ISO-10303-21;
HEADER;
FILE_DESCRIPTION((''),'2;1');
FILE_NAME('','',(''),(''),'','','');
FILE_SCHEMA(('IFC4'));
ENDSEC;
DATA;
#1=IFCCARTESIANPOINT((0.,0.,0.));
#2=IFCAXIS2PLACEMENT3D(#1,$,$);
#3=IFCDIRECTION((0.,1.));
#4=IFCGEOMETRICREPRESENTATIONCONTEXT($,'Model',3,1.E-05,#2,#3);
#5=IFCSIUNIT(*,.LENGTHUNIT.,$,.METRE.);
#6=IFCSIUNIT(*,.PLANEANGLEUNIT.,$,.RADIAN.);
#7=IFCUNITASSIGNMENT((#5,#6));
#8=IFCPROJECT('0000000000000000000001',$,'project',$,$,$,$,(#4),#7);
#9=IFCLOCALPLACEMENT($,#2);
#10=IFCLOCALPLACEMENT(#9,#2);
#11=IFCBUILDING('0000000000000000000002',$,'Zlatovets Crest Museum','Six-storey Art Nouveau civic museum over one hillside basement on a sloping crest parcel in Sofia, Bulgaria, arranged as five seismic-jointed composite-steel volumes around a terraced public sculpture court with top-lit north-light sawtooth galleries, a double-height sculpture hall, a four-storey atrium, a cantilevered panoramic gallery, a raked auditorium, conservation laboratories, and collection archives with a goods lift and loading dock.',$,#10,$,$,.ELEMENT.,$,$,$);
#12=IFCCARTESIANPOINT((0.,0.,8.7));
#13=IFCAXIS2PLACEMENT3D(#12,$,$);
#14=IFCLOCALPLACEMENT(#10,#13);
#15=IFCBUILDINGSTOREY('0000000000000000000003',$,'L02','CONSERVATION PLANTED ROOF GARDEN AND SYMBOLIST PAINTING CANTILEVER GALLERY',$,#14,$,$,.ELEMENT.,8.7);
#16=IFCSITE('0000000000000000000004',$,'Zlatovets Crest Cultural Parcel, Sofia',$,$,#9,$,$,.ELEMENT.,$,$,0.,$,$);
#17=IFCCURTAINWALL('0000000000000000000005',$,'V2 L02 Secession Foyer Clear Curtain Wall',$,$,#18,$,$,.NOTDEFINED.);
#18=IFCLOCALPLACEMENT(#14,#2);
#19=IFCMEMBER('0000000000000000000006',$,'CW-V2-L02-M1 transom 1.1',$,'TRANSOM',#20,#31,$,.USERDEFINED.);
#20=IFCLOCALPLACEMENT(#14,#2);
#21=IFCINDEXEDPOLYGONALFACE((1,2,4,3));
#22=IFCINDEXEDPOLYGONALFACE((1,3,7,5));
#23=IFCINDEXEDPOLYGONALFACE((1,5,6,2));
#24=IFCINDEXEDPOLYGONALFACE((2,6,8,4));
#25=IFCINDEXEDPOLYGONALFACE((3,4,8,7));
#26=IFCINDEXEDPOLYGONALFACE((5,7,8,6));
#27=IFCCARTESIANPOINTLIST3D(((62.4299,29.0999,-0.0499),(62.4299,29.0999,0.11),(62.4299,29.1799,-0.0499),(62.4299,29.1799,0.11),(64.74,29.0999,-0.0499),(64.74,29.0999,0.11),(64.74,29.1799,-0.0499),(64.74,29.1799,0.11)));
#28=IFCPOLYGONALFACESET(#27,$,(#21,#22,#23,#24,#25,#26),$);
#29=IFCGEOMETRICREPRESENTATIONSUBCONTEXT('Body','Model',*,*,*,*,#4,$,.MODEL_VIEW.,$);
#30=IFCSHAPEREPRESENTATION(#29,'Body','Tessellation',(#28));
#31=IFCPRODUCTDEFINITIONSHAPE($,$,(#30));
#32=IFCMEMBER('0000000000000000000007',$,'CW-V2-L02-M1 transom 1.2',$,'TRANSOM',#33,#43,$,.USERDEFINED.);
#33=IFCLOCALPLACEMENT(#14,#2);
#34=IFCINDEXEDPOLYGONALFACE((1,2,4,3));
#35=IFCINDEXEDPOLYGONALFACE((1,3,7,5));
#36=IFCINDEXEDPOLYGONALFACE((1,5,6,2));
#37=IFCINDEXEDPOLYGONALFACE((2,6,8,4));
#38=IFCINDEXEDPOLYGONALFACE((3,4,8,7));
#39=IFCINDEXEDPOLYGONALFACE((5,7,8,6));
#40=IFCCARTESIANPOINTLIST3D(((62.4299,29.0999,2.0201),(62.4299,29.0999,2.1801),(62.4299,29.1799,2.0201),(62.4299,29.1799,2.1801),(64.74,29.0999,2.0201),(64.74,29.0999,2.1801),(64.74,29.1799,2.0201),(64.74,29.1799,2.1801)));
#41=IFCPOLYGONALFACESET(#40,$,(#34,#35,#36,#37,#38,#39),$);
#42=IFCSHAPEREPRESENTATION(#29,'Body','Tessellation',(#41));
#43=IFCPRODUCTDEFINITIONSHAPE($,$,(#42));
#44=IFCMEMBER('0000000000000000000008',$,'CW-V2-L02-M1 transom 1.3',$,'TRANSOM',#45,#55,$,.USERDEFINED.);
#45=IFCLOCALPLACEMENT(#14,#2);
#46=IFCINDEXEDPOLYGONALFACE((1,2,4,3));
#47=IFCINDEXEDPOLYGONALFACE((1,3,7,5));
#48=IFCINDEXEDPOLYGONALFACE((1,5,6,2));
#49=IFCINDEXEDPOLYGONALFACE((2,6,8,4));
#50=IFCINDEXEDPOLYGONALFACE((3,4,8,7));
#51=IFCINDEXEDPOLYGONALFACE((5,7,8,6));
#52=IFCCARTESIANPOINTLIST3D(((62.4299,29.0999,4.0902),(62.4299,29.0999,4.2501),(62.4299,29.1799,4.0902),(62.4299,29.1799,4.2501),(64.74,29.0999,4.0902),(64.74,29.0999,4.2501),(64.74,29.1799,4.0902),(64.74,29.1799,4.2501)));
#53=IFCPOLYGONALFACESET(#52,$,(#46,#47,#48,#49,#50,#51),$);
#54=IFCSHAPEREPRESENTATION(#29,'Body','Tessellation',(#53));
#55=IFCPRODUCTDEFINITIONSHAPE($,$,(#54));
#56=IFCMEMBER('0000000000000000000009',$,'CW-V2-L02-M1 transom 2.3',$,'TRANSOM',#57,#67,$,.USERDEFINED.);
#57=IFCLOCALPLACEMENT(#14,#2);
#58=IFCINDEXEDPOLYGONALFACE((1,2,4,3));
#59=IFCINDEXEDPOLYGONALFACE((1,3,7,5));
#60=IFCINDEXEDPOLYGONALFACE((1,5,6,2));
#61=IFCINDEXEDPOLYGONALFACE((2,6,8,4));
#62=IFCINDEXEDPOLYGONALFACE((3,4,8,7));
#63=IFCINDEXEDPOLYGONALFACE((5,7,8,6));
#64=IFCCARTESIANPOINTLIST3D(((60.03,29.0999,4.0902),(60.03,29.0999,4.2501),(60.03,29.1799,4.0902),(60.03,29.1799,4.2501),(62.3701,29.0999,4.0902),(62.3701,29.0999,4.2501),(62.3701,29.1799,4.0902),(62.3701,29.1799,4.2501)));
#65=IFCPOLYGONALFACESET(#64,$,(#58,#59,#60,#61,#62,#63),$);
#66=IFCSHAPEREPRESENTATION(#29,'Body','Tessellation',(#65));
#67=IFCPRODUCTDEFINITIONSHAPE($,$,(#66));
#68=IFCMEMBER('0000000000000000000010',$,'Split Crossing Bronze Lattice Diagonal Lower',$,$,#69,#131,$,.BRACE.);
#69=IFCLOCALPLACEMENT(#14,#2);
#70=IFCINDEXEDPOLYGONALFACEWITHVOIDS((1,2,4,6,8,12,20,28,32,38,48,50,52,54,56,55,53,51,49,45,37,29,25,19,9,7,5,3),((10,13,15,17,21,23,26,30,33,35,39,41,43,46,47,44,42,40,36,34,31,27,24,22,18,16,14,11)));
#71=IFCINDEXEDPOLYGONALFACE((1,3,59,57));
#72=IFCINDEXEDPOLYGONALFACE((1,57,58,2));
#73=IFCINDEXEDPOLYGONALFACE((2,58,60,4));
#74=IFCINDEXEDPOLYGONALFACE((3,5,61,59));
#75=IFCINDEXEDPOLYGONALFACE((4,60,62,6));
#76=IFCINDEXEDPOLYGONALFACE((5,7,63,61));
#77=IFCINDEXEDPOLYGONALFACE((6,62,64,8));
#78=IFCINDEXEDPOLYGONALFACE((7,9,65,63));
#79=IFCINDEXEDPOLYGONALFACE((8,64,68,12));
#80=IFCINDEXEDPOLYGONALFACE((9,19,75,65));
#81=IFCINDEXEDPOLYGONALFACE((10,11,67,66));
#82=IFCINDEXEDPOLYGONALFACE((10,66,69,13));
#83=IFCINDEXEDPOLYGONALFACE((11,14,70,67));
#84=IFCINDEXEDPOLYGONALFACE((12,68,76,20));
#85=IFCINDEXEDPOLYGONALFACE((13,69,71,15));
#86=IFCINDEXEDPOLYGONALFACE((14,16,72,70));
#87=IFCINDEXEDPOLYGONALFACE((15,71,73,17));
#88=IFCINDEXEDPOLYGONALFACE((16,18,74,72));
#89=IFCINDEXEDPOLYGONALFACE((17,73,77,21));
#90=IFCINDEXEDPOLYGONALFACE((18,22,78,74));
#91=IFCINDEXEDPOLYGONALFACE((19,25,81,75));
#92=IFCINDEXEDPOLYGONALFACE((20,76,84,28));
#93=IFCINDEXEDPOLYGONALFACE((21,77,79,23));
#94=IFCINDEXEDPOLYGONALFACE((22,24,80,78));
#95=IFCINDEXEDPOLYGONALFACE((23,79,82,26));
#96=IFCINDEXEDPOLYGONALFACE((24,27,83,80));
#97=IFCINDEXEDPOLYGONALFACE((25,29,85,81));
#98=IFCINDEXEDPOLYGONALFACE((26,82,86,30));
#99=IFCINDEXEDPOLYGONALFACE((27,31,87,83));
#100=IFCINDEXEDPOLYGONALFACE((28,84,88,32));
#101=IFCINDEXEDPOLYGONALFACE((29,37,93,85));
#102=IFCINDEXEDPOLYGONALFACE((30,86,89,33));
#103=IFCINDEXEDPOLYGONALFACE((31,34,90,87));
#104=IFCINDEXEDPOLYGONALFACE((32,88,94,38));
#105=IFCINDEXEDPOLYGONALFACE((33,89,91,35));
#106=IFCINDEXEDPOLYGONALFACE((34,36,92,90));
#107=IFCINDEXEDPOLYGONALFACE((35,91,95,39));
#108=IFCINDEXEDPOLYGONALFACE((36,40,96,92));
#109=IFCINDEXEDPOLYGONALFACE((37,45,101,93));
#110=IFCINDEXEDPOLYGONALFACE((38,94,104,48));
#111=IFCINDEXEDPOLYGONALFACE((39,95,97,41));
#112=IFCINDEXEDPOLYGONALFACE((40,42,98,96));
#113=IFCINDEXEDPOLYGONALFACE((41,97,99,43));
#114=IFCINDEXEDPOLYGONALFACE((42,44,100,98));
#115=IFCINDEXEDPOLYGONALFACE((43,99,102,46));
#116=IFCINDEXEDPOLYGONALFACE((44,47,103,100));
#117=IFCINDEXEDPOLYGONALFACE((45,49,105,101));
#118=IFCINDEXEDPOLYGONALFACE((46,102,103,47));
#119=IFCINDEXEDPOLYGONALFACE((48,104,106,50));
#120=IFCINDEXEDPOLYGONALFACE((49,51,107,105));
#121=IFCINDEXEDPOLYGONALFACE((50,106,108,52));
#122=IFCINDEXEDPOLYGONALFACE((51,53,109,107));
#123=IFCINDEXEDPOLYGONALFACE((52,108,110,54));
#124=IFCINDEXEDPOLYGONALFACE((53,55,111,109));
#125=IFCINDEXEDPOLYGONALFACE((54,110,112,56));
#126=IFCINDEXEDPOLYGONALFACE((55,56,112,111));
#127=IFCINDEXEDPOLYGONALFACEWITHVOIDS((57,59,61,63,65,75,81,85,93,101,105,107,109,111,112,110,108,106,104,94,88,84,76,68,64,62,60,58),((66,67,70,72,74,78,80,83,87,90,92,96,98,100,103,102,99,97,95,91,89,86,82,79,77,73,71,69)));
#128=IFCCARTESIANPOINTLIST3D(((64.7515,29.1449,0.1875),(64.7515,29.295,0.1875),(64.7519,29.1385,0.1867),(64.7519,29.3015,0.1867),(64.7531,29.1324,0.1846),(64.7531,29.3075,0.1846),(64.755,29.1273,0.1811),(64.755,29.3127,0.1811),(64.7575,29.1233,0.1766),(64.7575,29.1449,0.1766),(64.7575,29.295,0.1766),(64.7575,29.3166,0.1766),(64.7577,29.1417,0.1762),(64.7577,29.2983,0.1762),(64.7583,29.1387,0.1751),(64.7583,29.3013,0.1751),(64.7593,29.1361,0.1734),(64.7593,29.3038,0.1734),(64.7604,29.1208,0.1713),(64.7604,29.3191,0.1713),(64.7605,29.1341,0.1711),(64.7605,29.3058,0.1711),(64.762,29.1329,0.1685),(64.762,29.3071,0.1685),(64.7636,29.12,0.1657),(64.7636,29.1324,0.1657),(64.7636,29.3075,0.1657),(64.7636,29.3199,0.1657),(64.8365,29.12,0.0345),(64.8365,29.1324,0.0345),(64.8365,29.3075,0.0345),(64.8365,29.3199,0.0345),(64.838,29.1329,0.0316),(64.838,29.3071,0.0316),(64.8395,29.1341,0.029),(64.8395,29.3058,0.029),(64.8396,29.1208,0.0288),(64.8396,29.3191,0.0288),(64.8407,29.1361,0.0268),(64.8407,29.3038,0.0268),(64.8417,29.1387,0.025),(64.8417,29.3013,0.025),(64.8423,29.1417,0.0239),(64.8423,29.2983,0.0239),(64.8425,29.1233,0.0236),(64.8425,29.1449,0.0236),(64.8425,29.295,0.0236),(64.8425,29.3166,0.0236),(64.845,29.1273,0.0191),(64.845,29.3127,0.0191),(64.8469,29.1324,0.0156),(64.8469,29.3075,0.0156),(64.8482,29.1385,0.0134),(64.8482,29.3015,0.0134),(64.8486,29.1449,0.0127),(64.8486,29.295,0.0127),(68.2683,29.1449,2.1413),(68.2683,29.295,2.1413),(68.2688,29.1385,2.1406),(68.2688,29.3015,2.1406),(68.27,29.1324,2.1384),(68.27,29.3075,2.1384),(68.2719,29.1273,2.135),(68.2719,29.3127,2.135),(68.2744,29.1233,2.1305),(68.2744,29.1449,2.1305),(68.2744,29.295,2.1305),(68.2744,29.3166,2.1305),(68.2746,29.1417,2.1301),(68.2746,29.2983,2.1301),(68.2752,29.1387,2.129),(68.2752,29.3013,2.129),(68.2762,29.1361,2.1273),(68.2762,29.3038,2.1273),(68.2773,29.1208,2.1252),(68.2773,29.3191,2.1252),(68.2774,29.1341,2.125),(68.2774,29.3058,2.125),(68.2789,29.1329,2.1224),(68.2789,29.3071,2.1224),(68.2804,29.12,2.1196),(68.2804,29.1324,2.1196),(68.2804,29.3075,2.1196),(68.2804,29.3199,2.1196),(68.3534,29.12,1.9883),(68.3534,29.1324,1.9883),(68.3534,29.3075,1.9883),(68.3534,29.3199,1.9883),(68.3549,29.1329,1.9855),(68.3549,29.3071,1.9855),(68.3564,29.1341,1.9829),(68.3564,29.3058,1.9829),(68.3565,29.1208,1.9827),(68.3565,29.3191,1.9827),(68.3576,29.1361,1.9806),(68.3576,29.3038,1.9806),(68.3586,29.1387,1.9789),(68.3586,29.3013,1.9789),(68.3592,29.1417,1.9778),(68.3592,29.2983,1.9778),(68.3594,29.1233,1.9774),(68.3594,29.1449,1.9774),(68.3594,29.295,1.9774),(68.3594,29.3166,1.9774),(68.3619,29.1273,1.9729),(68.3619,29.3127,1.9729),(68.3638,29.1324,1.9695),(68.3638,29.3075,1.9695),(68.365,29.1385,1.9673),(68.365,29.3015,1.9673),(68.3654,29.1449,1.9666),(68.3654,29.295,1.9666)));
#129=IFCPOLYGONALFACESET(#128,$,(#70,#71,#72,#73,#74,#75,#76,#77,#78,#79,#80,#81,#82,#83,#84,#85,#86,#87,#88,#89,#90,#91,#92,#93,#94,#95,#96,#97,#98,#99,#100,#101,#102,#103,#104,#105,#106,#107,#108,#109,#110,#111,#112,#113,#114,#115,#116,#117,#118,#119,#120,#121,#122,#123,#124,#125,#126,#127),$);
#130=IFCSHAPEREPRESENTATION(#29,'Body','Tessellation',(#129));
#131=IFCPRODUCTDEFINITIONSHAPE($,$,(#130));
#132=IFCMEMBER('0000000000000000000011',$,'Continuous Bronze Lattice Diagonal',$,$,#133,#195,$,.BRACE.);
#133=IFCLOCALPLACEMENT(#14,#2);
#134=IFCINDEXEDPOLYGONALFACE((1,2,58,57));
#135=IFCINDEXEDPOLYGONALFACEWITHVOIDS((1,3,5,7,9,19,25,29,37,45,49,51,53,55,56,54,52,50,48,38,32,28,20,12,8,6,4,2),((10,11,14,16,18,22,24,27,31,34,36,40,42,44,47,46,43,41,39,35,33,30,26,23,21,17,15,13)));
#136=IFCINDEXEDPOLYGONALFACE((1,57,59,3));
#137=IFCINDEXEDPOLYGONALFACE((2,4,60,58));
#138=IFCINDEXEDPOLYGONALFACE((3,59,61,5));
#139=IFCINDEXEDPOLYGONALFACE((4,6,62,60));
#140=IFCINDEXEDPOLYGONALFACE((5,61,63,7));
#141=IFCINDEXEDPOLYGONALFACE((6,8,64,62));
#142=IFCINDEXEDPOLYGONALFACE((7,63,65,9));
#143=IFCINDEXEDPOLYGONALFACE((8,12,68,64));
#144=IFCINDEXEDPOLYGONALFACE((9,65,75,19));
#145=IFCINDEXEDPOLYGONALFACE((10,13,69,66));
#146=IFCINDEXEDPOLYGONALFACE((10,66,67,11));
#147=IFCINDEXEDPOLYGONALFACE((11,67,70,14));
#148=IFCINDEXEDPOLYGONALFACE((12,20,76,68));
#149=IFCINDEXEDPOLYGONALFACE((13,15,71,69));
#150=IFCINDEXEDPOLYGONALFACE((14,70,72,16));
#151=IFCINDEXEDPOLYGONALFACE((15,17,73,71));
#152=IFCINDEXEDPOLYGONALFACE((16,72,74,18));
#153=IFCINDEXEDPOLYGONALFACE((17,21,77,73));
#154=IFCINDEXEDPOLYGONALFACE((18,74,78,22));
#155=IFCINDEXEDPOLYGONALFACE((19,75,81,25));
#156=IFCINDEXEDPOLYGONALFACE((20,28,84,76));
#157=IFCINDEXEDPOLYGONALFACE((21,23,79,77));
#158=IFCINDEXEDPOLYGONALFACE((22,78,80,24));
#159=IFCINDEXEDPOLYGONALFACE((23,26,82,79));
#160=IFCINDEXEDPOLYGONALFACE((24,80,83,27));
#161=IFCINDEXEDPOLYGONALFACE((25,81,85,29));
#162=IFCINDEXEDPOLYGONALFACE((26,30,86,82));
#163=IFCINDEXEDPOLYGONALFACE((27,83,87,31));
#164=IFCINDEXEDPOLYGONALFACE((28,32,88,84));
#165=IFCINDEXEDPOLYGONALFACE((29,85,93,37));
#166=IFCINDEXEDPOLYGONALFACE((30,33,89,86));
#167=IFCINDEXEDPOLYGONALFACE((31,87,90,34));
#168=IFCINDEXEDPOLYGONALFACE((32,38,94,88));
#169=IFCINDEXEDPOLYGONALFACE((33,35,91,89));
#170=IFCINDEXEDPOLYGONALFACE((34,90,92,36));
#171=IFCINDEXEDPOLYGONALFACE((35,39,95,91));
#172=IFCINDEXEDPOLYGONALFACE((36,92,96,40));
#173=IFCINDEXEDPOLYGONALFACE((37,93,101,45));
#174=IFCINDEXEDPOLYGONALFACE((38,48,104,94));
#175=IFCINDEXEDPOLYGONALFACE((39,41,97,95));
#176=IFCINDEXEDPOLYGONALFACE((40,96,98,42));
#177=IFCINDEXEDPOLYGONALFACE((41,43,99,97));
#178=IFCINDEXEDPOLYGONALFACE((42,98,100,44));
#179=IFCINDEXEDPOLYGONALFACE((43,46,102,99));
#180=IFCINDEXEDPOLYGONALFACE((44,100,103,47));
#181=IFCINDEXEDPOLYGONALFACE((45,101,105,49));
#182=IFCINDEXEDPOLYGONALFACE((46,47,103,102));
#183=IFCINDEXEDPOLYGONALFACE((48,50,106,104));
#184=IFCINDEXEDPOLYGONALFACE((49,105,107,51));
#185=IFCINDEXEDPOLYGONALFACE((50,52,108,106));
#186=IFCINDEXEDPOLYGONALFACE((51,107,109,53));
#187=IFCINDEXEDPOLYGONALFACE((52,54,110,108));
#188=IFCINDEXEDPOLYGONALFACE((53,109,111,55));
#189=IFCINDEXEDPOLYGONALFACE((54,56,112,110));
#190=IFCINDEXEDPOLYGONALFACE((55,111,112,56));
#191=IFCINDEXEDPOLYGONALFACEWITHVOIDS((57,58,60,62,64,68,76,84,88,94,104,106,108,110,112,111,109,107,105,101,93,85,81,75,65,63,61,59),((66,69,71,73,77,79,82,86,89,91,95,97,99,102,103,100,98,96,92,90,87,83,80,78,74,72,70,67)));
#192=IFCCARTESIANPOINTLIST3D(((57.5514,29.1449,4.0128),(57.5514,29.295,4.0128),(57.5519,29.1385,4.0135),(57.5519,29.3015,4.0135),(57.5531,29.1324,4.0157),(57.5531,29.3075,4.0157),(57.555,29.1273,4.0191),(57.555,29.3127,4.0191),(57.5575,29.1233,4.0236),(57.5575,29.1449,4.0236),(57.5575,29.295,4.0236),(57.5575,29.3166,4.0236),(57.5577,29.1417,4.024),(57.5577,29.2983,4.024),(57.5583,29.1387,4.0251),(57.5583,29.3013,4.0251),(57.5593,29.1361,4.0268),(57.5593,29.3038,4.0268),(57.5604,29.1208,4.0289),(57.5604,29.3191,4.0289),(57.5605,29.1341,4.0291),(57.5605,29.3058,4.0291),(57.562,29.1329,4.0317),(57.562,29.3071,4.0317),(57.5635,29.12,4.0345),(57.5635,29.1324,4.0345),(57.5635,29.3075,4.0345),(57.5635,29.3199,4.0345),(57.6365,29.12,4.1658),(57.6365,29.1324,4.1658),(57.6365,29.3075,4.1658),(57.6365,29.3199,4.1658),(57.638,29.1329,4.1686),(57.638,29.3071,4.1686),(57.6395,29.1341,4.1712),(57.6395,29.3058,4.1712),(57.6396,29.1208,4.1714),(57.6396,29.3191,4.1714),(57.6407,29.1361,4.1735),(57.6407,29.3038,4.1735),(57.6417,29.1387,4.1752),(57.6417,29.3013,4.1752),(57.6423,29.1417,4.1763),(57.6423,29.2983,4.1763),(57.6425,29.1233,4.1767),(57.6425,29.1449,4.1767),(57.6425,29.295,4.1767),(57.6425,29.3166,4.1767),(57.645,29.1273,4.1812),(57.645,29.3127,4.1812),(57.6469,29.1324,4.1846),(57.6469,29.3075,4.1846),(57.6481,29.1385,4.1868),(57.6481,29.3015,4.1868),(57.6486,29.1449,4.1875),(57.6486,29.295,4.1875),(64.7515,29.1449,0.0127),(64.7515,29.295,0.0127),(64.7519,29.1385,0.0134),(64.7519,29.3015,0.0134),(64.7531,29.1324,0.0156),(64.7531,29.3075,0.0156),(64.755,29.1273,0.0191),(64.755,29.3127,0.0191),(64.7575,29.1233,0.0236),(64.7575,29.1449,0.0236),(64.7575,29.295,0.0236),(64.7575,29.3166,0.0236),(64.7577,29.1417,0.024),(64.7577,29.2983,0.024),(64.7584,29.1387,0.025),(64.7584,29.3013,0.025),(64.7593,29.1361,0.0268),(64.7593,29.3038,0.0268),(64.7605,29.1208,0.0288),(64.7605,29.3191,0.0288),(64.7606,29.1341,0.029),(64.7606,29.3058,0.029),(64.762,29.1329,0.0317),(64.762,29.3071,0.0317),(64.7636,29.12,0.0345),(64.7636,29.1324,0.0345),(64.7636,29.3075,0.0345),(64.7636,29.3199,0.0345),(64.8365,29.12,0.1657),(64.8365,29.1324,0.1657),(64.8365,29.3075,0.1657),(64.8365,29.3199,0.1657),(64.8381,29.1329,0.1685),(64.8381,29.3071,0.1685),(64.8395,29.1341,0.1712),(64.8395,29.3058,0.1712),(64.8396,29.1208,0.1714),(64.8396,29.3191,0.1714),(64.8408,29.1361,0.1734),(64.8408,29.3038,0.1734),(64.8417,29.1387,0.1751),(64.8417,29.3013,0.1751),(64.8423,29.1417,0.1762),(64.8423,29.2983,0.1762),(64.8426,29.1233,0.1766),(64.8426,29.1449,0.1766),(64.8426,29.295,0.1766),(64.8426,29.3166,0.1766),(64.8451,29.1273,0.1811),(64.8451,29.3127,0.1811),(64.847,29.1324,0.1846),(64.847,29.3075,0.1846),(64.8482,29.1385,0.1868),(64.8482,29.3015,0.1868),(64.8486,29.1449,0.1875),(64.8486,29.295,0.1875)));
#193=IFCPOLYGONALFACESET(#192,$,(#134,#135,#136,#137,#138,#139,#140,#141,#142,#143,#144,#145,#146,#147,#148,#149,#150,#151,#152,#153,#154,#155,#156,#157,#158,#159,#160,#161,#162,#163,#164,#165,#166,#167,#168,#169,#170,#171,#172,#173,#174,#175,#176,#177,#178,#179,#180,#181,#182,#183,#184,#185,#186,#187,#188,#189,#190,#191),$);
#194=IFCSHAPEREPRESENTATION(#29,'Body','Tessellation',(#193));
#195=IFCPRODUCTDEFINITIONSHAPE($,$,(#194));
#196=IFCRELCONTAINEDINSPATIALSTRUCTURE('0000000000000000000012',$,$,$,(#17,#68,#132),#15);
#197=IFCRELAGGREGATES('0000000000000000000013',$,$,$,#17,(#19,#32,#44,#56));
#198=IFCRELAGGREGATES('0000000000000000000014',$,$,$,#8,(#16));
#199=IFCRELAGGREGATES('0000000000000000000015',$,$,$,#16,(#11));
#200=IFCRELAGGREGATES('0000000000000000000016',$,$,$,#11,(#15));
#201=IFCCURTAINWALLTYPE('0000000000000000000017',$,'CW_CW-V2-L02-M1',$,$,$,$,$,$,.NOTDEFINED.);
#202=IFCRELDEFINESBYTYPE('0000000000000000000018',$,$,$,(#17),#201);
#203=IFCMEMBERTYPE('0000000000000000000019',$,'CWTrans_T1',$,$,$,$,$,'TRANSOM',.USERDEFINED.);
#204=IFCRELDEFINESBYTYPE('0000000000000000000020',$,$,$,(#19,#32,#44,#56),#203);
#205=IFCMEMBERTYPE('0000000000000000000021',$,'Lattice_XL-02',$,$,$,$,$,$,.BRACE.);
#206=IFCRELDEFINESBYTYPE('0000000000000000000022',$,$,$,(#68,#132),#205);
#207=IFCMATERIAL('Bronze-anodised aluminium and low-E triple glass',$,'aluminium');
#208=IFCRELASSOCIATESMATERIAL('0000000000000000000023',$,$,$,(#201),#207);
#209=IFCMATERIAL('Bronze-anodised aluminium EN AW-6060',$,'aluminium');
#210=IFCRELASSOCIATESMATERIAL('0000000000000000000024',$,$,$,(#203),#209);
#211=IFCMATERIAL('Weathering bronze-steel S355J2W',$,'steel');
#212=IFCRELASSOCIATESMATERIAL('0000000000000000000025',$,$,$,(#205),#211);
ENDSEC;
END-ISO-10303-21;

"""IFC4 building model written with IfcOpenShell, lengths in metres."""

from ifc_helpers import new_model, si_unit, direction, frame, origin, origin_2d, place, context, subcontext, project, spatial, rectangle, hollow_rectangle, extrude, material, material_profile, profile_set, type_object, element, aggregate, save


model = new_model("IFC4")

# Units and contexts
model_context = context("Model", 3, precision=1e-05, world=origin(), true_north=direction((0.0, 1.0)))
body_context = subcontext(model_context, "Body", "Model", "MODEL_VIEW")
ifc_project = project(units=[si_unit("LENGTHUNIT", "METRE"), si_unit("PLANEANGLEUNIT", "RADIAN")], contexts=[model_context])

# Site, building, storey
site_placement = place(None, origin())
site = spatial("IfcSite", under=ifc_project, at=site_placement, Name="Zlatovets Crest Cultural Parcel, Sofia", CompositionType="ELEMENT", RefElevation=0.0)
building_placement = place(site_placement, origin())
building = spatial("IfcBuilding", under=site, at=building_placement, Name="Zlatovets Crest Museum", Description="Six-storey Art Nouveau civic museum over one hillside basement on a sloping crest parcel in Sofia, Bulgaria, arranged as five seismic-jointed composite-steel volumes around a terraced public sculpture court with top-lit north-light sawtooth galleries, a double-height sculpture hall, a four-storey atrium, a cantilevered panoramic gallery, a raked auditorium, conservation laboratories, and collection archives with a goods lift and loading dock.", CompositionType="ELEMENT")
storey_placement = place(building_placement, frame((0.0, 0.0, 8.7)))
storey = spatial("IfcBuildingStorey", under=building, at=storey_placement, Name="L02", Description="CONSERVATION PLANTED ROOF GARDEN AND SYMBOLIST PAINTING CANTILEVER GALLERY", CompositionType="ELEMENT", Elevation=8.7)

# Curtain wall
ifc_material_1 = material(Name="Bronze-anodised aluminium and low-E triple glass", Category="aluminium")
ifc_material_2 = material(Name="Bronze-anodised aluminium EN AW-6060", Category="aluminium")
curtain_wall_type_1 = type_object("IfcCurtainWallType", Name="CW_CW-V2-L02-M1", PredefinedType="NOTDEFINED", material=ifc_material_1)
curtain_wall_1_placement = place(storey_placement, origin())
curtain_wall_1 = element("IfcCurtainWall", 1, at=curtain_wall_1_placement, inside=storey, type_object=curtain_wall_type_1, Name="V2 L02 Secession Foyer Clear Curtain Wall", PredefinedType="NOTDEFINED")

# Members
ifc_material_profile_1 = material_profile(ifc_material_2, rectangle(XDim=0.0801, YDim=0.1599, at=origin_2d()), Name="ALU 80x160")
ifc_profile_set_1 = profile_set([ifc_material_profile_1], Name="Bronze-anodised aluminium EN AW-6060")
member_type_1 = type_object("IfcMemberType", Name="CWTrans_T1", ElementType="TRANSOM", PredefinedType="USERDEFINED", material=ifc_profile_set_1)
member_1_placement = place(storey_placement, frame((64.74, 29.1399, 0.03), z_axis=(-1.0, 0.0, 0.0), x_axis=(0.0, -1.0, 0.0)))
member_1 = element("IfcMember", 2, at=member_1_placement, type_object=member_type_1, Name="CW-V2-L02-M1 transom 1.1", ObjectType="TRANSOM", PredefinedType="USERDEFINED", context=body_context, shape_type="SweptSolid", body=[
    extrude(rectangle(XDim=0.0801, YDim=0.1599, at=origin_2d()), origin(), (0.0, 0.0, 1.0), 2.3101),
])
member_2_placement = place(storey_placement, frame((64.74, 29.1399, 2.1001), z_axis=(-1.0, 0.0, 0.0), x_axis=(0.0, -1.0, 0.0)))
member_2 = element("IfcMember", 3, at=member_2_placement, type_object=member_type_1, Name="CW-V2-L02-M1 transom 1.2", ObjectType="TRANSOM", PredefinedType="USERDEFINED", context=body_context, shape_type="SweptSolid", body=[
    extrude(rectangle(XDim=0.0801, YDim=0.1599, at=origin_2d()), origin(), (0.0, 0.0, 1.0), 2.3101),
])
member_3_placement = place(storey_placement, frame((64.74, 29.1399, 4.1702), z_axis=(-1.0, 0.0, 0.0), x_axis=(0.0, -1.0, 0.0)))
member_3 = element("IfcMember", 4, at=member_3_placement, type_object=member_type_1, Name="CW-V2-L02-M1 transom 1.3", ObjectType="TRANSOM", PredefinedType="USERDEFINED", context=body_context, shape_type="SweptSolid", body=[
    extrude(rectangle(XDim=0.0801, YDim=0.1599, at=origin_2d()), origin(), (0.0, 0.0, 1.0), 2.3101),
])
member_4_placement = place(storey_placement, frame((62.3701, 29.1399, 4.1702), z_axis=(-1.0, 0.0, 0.0), x_axis=(0.0, -1.0, 0.0)))
member_4 = element("IfcMember", 5, at=member_4_placement, type_object=member_type_1, Name="CW-V2-L02-M1 transom 2.3", ObjectType="TRANSOM", PredefinedType="USERDEFINED", context=body_context, shape_type="SweptSolid", body=[
    extrude(rectangle(XDim=0.0801, YDim=0.1599, at=origin_2d()), origin(), (0.0, 0.0, 1.0), 2.3401),
])

# Members
ifc_material_3 = material(Name="Weathering bronze-steel S355J2W", Category="steel")
ifc_material_profile_2 = material_profile(ifc_material_3, hollow_rectangle(XDim=0.2, YDim=0.2, WallThickness=0.0125, InnerFilletRadius=0.0125, OuterFilletRadius=0.0249, at=origin_2d()), Name="SHS 200x200x12.5")
ifc_profile_set_2 = profile_set([ifc_material_profile_2], Name="Weathering bronze-steel S355J2W")
member_type_2 = type_object("IfcMemberType", Name="Lattice_XL-02", PredefinedType="BRACE", material=ifc_profile_set_2)
member_5_placement = place(storey_placement, frame((68.3169, 29.22, 2.054), z_axis=(-0.874152, 0.0, -0.485653), x_axis=(0.0, -1.0, 0.0)))
element("IfcMember", 6, at=member_5_placement, inside=storey, type_object=member_type_2, Name="Split Crossing Bronze Lattice Diagonal Lower", PredefinedType="BRACE", context=body_context, shape_type="SweptSolid", body=[
    extrude(hollow_rectangle(XDim=0.2, YDim=0.2, WallThickness=0.0125, InnerFilletRadius=0.0125, OuterFilletRadius=0.0249, at=origin_2d()), origin(), (0.0, 0.0, 1.0), 4.0232),
])
member_6_placement = place(storey_placement, frame((64.8, 29.22, 0.1001), z_axis=(-0.874156, 0.0, 0.485645), x_axis=(0.0, -1.0, 0.0)))
element("IfcMember", 7, at=member_6_placement, inside=storey, type_object=member_type_2, Name="Continuous Bronze Lattice Diagonal", PredefinedType="BRACE", context=body_context, shape_type="SweptSolid", body=[
    extrude(hollow_rectangle(XDim=0.2, YDim=0.2, WallThickness=0.0125, InnerFilletRadius=0.0125, OuterFilletRadius=0.0249, at=origin_2d()), origin(), (0.0, 0.0, 1.0), 8.2366),
])

aggregate(curtain_wall_1, [member_1, member_2, member_3, member_4])

save(model, "model.ifc")
